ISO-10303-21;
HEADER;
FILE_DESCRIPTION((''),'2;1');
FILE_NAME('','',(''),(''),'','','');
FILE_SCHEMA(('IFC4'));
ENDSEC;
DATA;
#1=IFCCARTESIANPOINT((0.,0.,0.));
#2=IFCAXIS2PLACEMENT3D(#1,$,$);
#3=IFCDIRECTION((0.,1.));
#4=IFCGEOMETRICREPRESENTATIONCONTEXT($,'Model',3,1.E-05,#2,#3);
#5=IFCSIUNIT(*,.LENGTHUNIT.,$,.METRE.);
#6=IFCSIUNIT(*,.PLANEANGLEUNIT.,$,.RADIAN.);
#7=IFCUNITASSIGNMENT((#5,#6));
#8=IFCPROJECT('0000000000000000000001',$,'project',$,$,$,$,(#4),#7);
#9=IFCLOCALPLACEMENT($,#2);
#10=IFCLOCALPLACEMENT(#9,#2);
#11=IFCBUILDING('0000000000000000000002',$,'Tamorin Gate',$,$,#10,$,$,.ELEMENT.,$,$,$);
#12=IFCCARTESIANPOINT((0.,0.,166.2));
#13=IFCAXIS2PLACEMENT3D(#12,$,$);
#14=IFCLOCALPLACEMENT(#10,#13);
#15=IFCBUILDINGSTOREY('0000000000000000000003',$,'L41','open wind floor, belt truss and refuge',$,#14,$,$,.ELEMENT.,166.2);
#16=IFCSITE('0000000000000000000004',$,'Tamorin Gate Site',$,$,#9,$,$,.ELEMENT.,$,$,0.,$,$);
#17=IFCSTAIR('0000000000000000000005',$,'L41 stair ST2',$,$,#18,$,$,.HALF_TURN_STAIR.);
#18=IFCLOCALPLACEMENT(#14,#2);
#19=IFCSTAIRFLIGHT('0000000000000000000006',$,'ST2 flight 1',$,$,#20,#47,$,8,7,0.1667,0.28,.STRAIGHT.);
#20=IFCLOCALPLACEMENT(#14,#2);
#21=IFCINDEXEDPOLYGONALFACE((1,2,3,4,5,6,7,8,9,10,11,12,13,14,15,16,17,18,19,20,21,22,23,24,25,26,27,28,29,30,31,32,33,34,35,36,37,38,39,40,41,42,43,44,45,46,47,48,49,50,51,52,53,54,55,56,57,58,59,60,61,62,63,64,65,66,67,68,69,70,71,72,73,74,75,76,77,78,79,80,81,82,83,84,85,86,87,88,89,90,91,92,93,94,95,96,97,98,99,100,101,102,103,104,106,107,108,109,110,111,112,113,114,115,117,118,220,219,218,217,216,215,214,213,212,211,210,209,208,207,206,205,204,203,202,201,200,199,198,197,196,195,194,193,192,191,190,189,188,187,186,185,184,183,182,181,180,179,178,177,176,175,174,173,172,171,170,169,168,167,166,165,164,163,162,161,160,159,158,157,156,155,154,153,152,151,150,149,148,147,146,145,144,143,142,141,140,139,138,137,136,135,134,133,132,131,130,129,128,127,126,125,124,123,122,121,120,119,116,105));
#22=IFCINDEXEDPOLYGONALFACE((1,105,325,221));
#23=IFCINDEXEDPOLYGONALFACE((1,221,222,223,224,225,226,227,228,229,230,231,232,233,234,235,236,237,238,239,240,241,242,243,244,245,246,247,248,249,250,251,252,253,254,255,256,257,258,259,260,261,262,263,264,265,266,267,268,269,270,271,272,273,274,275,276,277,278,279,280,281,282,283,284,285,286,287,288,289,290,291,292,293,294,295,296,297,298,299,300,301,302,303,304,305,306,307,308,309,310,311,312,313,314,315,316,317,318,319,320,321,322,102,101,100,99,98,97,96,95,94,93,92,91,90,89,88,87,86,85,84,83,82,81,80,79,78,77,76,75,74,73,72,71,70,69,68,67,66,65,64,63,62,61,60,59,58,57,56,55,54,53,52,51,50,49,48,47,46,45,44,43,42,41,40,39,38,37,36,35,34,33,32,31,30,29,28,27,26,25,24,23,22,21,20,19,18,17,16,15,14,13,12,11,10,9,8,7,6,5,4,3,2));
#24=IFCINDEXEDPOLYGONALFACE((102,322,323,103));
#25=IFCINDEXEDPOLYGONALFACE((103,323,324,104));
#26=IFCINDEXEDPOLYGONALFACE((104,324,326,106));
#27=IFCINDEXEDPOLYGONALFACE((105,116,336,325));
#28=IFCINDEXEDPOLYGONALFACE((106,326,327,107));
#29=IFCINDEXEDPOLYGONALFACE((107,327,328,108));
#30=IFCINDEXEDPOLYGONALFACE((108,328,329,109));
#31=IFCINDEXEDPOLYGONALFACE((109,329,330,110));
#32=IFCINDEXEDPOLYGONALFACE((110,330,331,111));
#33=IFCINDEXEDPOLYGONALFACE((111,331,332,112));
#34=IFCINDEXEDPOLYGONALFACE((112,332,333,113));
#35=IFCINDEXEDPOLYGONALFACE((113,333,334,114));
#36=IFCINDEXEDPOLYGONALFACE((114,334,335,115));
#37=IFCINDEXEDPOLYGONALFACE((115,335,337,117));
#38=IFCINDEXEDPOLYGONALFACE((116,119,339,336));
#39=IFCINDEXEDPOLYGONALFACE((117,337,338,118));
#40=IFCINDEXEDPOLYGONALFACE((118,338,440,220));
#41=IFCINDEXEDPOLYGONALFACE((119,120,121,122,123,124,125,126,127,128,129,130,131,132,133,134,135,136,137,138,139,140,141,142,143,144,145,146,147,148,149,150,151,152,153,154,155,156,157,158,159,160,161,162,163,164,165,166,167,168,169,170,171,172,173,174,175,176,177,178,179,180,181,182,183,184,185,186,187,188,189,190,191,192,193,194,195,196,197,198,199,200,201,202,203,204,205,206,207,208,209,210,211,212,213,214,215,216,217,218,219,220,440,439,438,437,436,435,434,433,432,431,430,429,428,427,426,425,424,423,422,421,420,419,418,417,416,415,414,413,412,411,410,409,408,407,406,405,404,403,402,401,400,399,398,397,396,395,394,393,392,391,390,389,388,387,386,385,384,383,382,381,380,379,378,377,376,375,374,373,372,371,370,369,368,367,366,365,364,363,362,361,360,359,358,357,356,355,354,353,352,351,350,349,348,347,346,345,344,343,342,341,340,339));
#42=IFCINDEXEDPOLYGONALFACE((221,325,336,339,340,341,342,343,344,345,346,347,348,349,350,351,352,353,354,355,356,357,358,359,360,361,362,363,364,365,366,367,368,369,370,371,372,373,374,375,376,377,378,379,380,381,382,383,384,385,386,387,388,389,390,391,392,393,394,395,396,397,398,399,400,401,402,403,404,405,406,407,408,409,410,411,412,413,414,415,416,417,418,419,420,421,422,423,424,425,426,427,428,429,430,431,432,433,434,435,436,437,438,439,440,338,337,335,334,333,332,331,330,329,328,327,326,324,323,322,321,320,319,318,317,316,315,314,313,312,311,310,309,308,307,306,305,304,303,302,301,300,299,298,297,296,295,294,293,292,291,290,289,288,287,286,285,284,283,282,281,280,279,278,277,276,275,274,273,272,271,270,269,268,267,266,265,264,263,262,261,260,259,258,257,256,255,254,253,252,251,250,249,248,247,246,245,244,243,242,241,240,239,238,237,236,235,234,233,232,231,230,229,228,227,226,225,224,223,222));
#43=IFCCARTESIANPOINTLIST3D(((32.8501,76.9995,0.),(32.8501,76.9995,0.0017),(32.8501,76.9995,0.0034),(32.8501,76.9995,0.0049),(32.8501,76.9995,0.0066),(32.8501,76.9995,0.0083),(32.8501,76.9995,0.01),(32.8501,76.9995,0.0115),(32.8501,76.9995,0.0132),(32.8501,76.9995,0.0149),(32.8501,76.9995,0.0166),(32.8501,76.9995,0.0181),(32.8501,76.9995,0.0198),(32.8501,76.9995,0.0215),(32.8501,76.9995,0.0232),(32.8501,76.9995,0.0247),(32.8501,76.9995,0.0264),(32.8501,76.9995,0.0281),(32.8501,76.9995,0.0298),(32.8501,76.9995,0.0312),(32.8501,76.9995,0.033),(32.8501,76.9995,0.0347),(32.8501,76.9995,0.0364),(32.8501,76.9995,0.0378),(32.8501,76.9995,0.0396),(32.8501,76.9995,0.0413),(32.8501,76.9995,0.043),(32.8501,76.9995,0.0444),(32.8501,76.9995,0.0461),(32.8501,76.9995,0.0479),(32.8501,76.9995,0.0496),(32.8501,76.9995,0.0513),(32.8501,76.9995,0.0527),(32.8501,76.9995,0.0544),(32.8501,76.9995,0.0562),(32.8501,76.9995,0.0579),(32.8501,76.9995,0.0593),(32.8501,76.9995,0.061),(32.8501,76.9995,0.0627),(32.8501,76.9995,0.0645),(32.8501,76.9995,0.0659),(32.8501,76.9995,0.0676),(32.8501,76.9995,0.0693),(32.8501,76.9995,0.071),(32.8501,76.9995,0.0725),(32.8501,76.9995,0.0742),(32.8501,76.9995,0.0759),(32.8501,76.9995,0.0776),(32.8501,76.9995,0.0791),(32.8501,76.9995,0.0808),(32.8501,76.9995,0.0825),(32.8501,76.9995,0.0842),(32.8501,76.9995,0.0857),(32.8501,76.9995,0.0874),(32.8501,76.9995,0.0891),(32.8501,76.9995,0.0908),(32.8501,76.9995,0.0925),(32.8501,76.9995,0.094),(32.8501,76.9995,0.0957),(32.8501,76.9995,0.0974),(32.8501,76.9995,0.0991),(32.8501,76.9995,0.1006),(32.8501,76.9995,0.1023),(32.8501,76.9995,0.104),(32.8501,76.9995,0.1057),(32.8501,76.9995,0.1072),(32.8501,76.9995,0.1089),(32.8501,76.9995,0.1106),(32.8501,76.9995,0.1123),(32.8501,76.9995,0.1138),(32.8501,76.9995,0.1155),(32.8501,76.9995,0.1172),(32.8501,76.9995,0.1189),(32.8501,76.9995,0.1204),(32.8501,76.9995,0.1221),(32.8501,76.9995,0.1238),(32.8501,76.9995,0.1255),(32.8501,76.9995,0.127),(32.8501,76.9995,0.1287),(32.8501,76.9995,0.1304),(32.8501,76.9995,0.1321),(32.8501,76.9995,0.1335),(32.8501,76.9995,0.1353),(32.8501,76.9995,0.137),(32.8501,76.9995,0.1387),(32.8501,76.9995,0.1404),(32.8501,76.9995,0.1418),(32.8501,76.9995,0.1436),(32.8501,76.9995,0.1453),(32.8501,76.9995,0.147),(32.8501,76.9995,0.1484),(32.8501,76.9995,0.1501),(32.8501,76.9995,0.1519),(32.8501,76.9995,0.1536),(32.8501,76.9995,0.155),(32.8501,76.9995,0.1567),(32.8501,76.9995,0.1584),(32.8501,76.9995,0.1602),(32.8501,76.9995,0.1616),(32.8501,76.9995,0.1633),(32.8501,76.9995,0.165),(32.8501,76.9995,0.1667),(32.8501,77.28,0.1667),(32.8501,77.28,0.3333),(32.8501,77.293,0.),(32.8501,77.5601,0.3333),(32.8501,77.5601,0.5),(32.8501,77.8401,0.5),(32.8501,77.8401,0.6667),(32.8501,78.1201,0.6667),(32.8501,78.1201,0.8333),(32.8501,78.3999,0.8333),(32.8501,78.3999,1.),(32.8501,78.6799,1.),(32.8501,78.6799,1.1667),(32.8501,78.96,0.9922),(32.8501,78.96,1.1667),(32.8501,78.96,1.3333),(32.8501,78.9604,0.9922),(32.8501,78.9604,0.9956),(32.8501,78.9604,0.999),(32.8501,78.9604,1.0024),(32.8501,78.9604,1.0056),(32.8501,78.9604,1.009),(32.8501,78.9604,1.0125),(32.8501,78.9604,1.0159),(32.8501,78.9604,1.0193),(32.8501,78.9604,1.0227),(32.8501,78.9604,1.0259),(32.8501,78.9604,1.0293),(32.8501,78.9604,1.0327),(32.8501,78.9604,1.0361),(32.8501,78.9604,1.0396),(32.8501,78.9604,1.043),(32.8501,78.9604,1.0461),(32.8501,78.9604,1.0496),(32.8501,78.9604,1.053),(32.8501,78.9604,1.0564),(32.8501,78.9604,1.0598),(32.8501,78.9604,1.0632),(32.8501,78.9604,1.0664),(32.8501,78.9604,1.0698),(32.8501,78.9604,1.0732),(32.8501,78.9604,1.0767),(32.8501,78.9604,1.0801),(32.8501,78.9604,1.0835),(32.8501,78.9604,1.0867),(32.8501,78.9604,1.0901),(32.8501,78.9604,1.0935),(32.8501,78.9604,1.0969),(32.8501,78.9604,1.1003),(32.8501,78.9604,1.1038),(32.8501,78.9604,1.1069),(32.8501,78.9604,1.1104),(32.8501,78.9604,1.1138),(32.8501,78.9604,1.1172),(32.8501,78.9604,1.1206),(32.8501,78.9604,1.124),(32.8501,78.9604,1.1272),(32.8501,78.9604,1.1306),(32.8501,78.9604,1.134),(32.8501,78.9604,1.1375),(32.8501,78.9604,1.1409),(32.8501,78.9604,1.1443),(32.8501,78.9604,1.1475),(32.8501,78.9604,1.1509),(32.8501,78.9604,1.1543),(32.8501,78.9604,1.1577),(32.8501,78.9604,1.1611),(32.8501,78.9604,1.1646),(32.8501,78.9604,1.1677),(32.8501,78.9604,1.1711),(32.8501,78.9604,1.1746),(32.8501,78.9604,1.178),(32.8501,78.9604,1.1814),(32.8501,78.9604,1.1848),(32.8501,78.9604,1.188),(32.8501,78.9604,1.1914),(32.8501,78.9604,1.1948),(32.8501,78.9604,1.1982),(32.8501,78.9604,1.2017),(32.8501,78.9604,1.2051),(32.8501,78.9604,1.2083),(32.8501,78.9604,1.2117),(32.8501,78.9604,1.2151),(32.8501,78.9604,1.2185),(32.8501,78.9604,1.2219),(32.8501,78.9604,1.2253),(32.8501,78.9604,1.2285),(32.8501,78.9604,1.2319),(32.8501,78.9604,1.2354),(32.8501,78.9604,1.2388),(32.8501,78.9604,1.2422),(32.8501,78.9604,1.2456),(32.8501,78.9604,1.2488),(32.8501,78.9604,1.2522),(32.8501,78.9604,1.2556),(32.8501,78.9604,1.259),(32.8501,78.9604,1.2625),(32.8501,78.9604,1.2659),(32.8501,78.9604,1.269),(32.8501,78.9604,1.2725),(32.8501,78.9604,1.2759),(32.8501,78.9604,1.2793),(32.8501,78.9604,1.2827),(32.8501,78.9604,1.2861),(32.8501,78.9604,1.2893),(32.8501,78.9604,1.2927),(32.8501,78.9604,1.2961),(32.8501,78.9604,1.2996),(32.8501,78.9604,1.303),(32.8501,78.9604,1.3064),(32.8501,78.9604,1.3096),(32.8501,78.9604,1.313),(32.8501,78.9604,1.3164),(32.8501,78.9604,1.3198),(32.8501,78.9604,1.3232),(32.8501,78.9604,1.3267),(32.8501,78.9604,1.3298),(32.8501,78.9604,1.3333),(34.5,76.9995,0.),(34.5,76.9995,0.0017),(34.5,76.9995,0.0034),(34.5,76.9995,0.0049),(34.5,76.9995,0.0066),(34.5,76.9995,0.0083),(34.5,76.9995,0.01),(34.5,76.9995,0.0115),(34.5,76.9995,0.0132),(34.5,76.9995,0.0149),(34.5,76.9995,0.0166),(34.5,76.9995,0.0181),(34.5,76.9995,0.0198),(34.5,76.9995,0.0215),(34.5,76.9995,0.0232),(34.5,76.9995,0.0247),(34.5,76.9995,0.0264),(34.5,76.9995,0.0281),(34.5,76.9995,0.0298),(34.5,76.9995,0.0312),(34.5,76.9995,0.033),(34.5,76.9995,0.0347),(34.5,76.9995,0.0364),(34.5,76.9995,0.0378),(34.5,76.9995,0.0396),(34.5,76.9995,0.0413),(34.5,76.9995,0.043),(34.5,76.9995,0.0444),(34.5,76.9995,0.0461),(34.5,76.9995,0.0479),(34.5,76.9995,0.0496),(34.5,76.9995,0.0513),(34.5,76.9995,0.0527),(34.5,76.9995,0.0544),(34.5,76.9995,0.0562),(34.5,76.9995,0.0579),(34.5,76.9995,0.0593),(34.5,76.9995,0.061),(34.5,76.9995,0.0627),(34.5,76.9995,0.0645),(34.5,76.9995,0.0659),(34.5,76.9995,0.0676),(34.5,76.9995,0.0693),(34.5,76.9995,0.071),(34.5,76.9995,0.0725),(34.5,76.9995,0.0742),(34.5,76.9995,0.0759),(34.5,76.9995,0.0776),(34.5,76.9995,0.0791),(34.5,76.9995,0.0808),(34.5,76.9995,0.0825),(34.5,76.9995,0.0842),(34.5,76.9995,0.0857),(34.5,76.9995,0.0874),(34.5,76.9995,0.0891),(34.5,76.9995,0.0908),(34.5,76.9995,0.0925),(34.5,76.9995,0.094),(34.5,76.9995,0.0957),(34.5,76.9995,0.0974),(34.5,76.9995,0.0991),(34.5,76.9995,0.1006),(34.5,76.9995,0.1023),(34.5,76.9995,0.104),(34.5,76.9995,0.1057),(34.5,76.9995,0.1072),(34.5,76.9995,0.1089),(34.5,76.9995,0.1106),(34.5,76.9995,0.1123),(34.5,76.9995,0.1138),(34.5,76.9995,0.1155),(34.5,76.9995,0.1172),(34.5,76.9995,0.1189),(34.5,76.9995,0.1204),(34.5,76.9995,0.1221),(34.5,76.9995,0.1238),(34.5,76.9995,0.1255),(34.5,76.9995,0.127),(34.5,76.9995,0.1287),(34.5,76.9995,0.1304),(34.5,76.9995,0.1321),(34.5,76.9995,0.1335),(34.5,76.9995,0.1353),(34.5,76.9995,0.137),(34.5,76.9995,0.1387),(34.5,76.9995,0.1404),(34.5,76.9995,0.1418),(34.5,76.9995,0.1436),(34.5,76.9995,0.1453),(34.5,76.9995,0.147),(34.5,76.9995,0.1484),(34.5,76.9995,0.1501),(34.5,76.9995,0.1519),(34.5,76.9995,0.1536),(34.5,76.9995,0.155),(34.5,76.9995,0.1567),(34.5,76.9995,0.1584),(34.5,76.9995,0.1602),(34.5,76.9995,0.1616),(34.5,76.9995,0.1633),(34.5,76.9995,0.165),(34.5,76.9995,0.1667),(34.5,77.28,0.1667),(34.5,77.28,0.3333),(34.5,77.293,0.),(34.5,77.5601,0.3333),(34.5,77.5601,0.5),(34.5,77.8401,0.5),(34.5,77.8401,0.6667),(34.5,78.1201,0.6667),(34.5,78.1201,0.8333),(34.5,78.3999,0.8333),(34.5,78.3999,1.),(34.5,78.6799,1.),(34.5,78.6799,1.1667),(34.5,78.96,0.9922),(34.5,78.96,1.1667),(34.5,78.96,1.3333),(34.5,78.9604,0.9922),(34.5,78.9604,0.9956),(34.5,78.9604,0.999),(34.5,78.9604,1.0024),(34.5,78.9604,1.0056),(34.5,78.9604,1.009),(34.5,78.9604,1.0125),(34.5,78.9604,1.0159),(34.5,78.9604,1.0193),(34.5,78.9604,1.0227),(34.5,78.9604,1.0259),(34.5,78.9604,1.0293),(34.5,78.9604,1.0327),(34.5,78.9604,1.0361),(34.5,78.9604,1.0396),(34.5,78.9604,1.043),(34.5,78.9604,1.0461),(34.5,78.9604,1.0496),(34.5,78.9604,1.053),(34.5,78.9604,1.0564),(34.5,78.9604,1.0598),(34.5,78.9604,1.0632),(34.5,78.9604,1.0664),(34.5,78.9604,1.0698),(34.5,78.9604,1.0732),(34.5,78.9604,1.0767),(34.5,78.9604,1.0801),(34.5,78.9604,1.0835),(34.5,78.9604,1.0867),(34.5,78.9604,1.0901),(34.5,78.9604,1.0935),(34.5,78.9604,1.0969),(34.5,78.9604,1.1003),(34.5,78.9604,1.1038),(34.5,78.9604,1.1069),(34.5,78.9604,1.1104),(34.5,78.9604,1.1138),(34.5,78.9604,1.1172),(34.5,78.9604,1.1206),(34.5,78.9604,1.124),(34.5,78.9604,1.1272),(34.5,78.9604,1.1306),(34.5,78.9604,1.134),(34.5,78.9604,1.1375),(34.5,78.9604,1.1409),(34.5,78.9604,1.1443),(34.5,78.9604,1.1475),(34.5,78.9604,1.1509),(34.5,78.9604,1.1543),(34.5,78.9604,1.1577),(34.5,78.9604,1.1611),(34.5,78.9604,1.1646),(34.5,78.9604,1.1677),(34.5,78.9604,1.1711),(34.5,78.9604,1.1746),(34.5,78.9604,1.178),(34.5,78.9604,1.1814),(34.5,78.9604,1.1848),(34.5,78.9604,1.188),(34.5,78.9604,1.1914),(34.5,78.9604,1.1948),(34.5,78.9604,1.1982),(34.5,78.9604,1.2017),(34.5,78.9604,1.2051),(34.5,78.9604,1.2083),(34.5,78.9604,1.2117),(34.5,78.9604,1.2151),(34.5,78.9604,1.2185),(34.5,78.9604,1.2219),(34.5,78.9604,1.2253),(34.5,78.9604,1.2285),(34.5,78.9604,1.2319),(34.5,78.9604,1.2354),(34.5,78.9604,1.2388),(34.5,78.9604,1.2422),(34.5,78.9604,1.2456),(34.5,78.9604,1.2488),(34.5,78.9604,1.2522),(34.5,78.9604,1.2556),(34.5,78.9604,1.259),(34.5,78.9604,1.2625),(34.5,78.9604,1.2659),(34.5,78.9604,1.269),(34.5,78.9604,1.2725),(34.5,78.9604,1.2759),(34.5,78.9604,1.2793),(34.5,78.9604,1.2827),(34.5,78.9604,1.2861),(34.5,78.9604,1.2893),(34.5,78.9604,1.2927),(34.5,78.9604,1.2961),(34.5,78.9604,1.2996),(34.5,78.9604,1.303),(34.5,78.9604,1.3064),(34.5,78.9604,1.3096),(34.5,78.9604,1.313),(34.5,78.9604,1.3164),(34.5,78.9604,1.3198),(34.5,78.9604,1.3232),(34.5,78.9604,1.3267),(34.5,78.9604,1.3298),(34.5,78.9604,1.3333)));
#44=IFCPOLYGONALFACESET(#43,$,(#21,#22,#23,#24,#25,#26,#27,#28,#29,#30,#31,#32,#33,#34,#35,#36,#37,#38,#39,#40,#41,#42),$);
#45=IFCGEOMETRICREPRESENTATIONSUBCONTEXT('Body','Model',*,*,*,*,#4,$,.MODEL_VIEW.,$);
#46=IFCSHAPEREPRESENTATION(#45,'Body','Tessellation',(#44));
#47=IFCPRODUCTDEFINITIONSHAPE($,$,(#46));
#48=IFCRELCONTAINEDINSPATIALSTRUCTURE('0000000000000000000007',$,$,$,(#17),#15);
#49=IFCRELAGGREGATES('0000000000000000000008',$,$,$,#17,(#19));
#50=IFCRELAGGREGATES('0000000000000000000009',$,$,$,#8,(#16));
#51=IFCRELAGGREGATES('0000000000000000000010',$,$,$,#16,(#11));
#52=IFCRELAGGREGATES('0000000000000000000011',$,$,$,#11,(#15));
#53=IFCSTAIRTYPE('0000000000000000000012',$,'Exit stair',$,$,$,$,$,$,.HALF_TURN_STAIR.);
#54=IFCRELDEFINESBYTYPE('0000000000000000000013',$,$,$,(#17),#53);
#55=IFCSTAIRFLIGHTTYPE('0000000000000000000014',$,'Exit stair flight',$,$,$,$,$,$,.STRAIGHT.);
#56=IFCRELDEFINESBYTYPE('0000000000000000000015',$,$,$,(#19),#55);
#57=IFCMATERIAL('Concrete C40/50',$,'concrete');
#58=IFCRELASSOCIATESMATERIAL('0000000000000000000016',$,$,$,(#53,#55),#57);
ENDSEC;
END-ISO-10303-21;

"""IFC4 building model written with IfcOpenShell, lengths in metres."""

from ifc_helpers import new_model, si_unit, direction, frame, origin, place, context, subcontext, project, spatial, polyline, outline, extrude, material, type_object, element, aggregate, save


model = new_model("IFC4")

# Units and contexts
model_context = context("Model", 3, precision=1e-05, world=origin(), true_north=direction((0.0, 1.0)))
body_context = subcontext(model_context, "Body", "Model", "MODEL_VIEW")
ifc_project = project(units=[si_unit("LENGTHUNIT", "METRE"), si_unit("PLANEANGLEUNIT", "RADIAN")], contexts=[model_context])

# Site, building, storey
site_placement = place(None, origin())
site = spatial("IfcSite", under=ifc_project, at=site_placement, Name="Tamorin Gate Site", CompositionType="ELEMENT", RefElevation=0.0)
building_placement = place(site_placement, origin())
building = spatial("IfcBuilding", under=site, at=building_placement, Name="Tamorin Gate", CompositionType="ELEMENT")
storey_placement = place(building_placement, frame((0.0, 0.0, 166.2)))
storey = spatial("IfcBuildingStorey", under=building, at=storey_placement, Name="L41", Description="open wind floor, belt truss and refuge", CompositionType="ELEMENT", Elevation=166.2)

# Shared definitions
ifc_material_1 = material(Name="Concrete C40/50", Category="concrete")

# Stair, stair flight
stair_type = type_object("IfcStairType", Name="Exit stair", PredefinedType="HALF_TURN_STAIR", material=ifc_material_1)
stair_flight_type = type_object("IfcStairFlightType", Name="Exit stair flight", PredefinedType="STRAIGHT", material=ifc_material_1)
stair_1_placement = place(storey_placement, origin())
stair_1 = element("IfcStair", 1, at=stair_1_placement, inside=storey, type_object=stair_type, Name="L41 stair ST2", PredefinedType="HALF_TURN_STAIR")
stair_flight_1_placement = place(storey_placement, frame((33.675, 77.0, 0.0), z_axis=(0.0, 0.0, 1.0), x_axis=(0.0, 1.0, 0.0)))
stair_flight_1 = element("IfcStairFlight", 2, at=stair_flight_1_placement, type_object=stair_flight_type, Name="ST2 flight 1", NumberOfRisers=8, NumberOfTreads=7, PredefinedType="STRAIGHT", RiserHeight=0.1667, TreadLength=0.28, context=body_context, shape_type="SweptSolid", body=[
    extrude(outline(polyline([(-0.0005, 0.0), (-0.0005, 0.0017), (-0.0005, 0.0034), (-0.0005, 0.0049), (-0.0005, 0.0066), (-0.0005, 0.0083), (-0.0005, 0.01), (-0.0005, 0.0115), (-0.0005, 0.0132), (-0.0005, 0.0149), (-0.0005, 0.0166), (-0.0005, 0.0181), (-0.0005, 0.0198), (-0.0005, 0.0215), (-0.0005, 0.0232), (-0.0005, 0.0247), (-0.0005, 0.0264), (-0.0005, 0.0281), (-0.0005, 0.0298), (-0.0005, 0.0312), (-0.0005, 0.033), (-0.0005, 0.0347), (-0.0005, 0.0364), (-0.0005, 0.0378), (-0.0005, 0.0396), (-0.0005, 0.0413), (-0.0005, 0.043), (-0.0005, 0.0444), (-0.0005, 0.0461), (-0.0005, 0.0479), (-0.0005, 0.0496), (-0.0005, 0.0513), (-0.0005, 0.0527), (-0.0005, 0.0544), (-0.0005, 0.0562), (-0.0005, 0.0579), (-0.0005, 0.0593), (-0.0005, 0.061), (-0.0005, 0.0627), (-0.0005, 0.0645), (-0.0005, 0.0659), (-0.0005, 0.0676), (-0.0005, 0.0693), (-0.0005, 0.071), (-0.0005, 0.0725), (-0.0005, 0.0742), (-0.0005, 0.0759), (-0.0005, 0.0776), (-0.0005, 0.0791), (-0.0005, 0.0808), (-0.0005, 0.0825), (-0.0005, 0.0842), (-0.0005, 0.0857), (-0.0005, 0.0874), (-0.0005, 0.0891), (-0.0005, 0.0908), (-0.0005, 0.0925), (-0.0005, 0.094), (-0.0005, 0.0957), (-0.0005, 0.0974), (-0.0005, 0.0991), (-0.0005, 0.1006), (-0.0005, 0.1023), (-0.0005, 0.104), (-0.0005, 0.1057), (-0.0005, 0.1072), (-0.0005, 0.1089), (-0.0005, 0.1106), (-0.0005, 0.1123), (-0.0005, 0.1138), (-0.0005, 0.1155), (-0.0005, 0.1172), (-0.0005, 0.1189), (-0.0005, 0.1204), (-0.0005, 0.1221), (-0.0005, 0.1238), (-0.0005, 0.1255), (-0.0005, 0.127), (-0.0005, 0.1287), (-0.0005, 0.1304), (-0.0005, 0.1321), (-0.0005, 0.1335), (-0.0005, 0.1353), (-0.0005, 0.137), (-0.0005, 0.1387), (-0.0005, 0.1404), (-0.0005, 0.1418), (-0.0005, 0.1436), (-0.0005, 0.1453), (-0.0005, 0.147), (-0.0005, 0.1484), (-0.0005, 0.1501), (-0.0005, 0.1519), (-0.0005, 0.1536), (-0.0005, 0.155), (-0.0005, 0.1567), (-0.0005, 0.1584), (-0.0005, 0.1602), (-0.0005, 0.1616), (-0.0005, 0.1633), (-0.0005, 0.165), (-0.0005, 0.1667), (0.28, 0.1667), (0.28, 0.3333), (0.5601, 0.3333), (0.5601, 0.5), (0.8401, 0.5), (0.8401, 0.6667), (1.1201, 0.6667), (1.1201, 0.8333), (1.3999, 0.8333), (1.3999, 1.0), (1.6799, 1.0), (1.6799, 1.1667), (1.96, 1.1667), (1.96, 1.3333), (1.9604, 1.3333), (1.9604, 1.3298), (1.9604, 1.3267), (1.9604, 1.3232), (1.9604, 1.3198), (1.9604, 1.3164), (1.9604, 1.313), (1.9604, 1.3096), (1.9604, 1.3064), (1.9604, 1.303), (1.9604, 1.2996), (1.9604, 1.2961), (1.9604, 1.2927), (1.9604, 1.2893), (1.9604, 1.2861), (1.9604, 1.2827), (1.9604, 1.2793), (1.9604, 1.2759), (1.9604, 1.2725), (1.9604, 1.269), (1.9604, 1.2659), (1.9604, 1.2625), (1.9604, 1.259), (1.9604, 1.2556), (1.9604, 1.2522), (1.9604, 1.2488), (1.9604, 1.2456), (1.9604, 1.2422), (1.9604, 1.2388), (1.9604, 1.2354), (1.9604, 1.2319), (1.9604, 1.2285), (1.9604, 1.2253), (1.9604, 1.2219), (1.9604, 1.2185), (1.9604, 1.2151), (1.9604, 1.2117), (1.9604, 1.2083), (1.9604, 1.2051), (1.9604, 1.2017), (1.9604, 1.1982), (1.9604, 1.1948), (1.9604, 1.1914), (1.9604, 1.188), (1.9604, 1.1848), (1.9604, 1.1814), (1.9604, 1.178), (1.9604, 1.1746), (1.9604, 1.1711), (1.9604, 1.1677), (1.9604, 1.1646), (1.9604, 1.1611), (1.9604, 1.1577), (1.9604, 1.1543), (1.9604, 1.1509), (1.9604, 1.1475), (1.9604, 1.1443), (1.9604, 1.1409), (1.9604, 1.1375), (1.9604, 1.134), (1.9604, 1.1306), (1.9604, 1.1272), (1.9604, 1.124), (1.9604, 1.1206), (1.9604, 1.1172), (1.9604, 1.1138), (1.9604, 1.1104), (1.9604, 1.1069), (1.9604, 1.1038), (1.9604, 1.1003), (1.9604, 1.0969), (1.9604, 1.0935), (1.9604, 1.0901), (1.9604, 1.0867), (1.9604, 1.0835), (1.9604, 1.0801), (1.9604, 1.0767), (1.9604, 1.0732), (1.9604, 1.0698), (1.9604, 1.0664), (1.9604, 1.0632), (1.9604, 1.0598), (1.9604, 1.0564), (1.9604, 1.053), (1.9604, 1.0496), (1.9604, 1.0461), (1.9604, 1.043), (1.9604, 1.0396), (1.9604, 1.0361), (1.9604, 1.0327), (1.9604, 1.0293), (1.9604, 1.0259), (1.9604, 1.0227), (1.9604, 1.0193), (1.9604, 1.0159), (1.9604, 1.0125), (1.9604, 1.009), (1.9604, 1.0056), (1.9604, 1.0024), (1.9604, 0.999), (1.9604, 0.9956), (1.9604, 0.9922), (1.96, 0.9922), (0.293, 0.0), (-0.0005, 0.0)])), frame((0.0, 0.825, 0.0), z_axis=(0.0, -1.0, 0.0), x_axis=(1.0, 0.0, 0.0)), (0.0, 0.0, 1.0), 1.6499),
])
aggregate(stair_1, [stair_flight_1])

save(model, "model.ifc")
